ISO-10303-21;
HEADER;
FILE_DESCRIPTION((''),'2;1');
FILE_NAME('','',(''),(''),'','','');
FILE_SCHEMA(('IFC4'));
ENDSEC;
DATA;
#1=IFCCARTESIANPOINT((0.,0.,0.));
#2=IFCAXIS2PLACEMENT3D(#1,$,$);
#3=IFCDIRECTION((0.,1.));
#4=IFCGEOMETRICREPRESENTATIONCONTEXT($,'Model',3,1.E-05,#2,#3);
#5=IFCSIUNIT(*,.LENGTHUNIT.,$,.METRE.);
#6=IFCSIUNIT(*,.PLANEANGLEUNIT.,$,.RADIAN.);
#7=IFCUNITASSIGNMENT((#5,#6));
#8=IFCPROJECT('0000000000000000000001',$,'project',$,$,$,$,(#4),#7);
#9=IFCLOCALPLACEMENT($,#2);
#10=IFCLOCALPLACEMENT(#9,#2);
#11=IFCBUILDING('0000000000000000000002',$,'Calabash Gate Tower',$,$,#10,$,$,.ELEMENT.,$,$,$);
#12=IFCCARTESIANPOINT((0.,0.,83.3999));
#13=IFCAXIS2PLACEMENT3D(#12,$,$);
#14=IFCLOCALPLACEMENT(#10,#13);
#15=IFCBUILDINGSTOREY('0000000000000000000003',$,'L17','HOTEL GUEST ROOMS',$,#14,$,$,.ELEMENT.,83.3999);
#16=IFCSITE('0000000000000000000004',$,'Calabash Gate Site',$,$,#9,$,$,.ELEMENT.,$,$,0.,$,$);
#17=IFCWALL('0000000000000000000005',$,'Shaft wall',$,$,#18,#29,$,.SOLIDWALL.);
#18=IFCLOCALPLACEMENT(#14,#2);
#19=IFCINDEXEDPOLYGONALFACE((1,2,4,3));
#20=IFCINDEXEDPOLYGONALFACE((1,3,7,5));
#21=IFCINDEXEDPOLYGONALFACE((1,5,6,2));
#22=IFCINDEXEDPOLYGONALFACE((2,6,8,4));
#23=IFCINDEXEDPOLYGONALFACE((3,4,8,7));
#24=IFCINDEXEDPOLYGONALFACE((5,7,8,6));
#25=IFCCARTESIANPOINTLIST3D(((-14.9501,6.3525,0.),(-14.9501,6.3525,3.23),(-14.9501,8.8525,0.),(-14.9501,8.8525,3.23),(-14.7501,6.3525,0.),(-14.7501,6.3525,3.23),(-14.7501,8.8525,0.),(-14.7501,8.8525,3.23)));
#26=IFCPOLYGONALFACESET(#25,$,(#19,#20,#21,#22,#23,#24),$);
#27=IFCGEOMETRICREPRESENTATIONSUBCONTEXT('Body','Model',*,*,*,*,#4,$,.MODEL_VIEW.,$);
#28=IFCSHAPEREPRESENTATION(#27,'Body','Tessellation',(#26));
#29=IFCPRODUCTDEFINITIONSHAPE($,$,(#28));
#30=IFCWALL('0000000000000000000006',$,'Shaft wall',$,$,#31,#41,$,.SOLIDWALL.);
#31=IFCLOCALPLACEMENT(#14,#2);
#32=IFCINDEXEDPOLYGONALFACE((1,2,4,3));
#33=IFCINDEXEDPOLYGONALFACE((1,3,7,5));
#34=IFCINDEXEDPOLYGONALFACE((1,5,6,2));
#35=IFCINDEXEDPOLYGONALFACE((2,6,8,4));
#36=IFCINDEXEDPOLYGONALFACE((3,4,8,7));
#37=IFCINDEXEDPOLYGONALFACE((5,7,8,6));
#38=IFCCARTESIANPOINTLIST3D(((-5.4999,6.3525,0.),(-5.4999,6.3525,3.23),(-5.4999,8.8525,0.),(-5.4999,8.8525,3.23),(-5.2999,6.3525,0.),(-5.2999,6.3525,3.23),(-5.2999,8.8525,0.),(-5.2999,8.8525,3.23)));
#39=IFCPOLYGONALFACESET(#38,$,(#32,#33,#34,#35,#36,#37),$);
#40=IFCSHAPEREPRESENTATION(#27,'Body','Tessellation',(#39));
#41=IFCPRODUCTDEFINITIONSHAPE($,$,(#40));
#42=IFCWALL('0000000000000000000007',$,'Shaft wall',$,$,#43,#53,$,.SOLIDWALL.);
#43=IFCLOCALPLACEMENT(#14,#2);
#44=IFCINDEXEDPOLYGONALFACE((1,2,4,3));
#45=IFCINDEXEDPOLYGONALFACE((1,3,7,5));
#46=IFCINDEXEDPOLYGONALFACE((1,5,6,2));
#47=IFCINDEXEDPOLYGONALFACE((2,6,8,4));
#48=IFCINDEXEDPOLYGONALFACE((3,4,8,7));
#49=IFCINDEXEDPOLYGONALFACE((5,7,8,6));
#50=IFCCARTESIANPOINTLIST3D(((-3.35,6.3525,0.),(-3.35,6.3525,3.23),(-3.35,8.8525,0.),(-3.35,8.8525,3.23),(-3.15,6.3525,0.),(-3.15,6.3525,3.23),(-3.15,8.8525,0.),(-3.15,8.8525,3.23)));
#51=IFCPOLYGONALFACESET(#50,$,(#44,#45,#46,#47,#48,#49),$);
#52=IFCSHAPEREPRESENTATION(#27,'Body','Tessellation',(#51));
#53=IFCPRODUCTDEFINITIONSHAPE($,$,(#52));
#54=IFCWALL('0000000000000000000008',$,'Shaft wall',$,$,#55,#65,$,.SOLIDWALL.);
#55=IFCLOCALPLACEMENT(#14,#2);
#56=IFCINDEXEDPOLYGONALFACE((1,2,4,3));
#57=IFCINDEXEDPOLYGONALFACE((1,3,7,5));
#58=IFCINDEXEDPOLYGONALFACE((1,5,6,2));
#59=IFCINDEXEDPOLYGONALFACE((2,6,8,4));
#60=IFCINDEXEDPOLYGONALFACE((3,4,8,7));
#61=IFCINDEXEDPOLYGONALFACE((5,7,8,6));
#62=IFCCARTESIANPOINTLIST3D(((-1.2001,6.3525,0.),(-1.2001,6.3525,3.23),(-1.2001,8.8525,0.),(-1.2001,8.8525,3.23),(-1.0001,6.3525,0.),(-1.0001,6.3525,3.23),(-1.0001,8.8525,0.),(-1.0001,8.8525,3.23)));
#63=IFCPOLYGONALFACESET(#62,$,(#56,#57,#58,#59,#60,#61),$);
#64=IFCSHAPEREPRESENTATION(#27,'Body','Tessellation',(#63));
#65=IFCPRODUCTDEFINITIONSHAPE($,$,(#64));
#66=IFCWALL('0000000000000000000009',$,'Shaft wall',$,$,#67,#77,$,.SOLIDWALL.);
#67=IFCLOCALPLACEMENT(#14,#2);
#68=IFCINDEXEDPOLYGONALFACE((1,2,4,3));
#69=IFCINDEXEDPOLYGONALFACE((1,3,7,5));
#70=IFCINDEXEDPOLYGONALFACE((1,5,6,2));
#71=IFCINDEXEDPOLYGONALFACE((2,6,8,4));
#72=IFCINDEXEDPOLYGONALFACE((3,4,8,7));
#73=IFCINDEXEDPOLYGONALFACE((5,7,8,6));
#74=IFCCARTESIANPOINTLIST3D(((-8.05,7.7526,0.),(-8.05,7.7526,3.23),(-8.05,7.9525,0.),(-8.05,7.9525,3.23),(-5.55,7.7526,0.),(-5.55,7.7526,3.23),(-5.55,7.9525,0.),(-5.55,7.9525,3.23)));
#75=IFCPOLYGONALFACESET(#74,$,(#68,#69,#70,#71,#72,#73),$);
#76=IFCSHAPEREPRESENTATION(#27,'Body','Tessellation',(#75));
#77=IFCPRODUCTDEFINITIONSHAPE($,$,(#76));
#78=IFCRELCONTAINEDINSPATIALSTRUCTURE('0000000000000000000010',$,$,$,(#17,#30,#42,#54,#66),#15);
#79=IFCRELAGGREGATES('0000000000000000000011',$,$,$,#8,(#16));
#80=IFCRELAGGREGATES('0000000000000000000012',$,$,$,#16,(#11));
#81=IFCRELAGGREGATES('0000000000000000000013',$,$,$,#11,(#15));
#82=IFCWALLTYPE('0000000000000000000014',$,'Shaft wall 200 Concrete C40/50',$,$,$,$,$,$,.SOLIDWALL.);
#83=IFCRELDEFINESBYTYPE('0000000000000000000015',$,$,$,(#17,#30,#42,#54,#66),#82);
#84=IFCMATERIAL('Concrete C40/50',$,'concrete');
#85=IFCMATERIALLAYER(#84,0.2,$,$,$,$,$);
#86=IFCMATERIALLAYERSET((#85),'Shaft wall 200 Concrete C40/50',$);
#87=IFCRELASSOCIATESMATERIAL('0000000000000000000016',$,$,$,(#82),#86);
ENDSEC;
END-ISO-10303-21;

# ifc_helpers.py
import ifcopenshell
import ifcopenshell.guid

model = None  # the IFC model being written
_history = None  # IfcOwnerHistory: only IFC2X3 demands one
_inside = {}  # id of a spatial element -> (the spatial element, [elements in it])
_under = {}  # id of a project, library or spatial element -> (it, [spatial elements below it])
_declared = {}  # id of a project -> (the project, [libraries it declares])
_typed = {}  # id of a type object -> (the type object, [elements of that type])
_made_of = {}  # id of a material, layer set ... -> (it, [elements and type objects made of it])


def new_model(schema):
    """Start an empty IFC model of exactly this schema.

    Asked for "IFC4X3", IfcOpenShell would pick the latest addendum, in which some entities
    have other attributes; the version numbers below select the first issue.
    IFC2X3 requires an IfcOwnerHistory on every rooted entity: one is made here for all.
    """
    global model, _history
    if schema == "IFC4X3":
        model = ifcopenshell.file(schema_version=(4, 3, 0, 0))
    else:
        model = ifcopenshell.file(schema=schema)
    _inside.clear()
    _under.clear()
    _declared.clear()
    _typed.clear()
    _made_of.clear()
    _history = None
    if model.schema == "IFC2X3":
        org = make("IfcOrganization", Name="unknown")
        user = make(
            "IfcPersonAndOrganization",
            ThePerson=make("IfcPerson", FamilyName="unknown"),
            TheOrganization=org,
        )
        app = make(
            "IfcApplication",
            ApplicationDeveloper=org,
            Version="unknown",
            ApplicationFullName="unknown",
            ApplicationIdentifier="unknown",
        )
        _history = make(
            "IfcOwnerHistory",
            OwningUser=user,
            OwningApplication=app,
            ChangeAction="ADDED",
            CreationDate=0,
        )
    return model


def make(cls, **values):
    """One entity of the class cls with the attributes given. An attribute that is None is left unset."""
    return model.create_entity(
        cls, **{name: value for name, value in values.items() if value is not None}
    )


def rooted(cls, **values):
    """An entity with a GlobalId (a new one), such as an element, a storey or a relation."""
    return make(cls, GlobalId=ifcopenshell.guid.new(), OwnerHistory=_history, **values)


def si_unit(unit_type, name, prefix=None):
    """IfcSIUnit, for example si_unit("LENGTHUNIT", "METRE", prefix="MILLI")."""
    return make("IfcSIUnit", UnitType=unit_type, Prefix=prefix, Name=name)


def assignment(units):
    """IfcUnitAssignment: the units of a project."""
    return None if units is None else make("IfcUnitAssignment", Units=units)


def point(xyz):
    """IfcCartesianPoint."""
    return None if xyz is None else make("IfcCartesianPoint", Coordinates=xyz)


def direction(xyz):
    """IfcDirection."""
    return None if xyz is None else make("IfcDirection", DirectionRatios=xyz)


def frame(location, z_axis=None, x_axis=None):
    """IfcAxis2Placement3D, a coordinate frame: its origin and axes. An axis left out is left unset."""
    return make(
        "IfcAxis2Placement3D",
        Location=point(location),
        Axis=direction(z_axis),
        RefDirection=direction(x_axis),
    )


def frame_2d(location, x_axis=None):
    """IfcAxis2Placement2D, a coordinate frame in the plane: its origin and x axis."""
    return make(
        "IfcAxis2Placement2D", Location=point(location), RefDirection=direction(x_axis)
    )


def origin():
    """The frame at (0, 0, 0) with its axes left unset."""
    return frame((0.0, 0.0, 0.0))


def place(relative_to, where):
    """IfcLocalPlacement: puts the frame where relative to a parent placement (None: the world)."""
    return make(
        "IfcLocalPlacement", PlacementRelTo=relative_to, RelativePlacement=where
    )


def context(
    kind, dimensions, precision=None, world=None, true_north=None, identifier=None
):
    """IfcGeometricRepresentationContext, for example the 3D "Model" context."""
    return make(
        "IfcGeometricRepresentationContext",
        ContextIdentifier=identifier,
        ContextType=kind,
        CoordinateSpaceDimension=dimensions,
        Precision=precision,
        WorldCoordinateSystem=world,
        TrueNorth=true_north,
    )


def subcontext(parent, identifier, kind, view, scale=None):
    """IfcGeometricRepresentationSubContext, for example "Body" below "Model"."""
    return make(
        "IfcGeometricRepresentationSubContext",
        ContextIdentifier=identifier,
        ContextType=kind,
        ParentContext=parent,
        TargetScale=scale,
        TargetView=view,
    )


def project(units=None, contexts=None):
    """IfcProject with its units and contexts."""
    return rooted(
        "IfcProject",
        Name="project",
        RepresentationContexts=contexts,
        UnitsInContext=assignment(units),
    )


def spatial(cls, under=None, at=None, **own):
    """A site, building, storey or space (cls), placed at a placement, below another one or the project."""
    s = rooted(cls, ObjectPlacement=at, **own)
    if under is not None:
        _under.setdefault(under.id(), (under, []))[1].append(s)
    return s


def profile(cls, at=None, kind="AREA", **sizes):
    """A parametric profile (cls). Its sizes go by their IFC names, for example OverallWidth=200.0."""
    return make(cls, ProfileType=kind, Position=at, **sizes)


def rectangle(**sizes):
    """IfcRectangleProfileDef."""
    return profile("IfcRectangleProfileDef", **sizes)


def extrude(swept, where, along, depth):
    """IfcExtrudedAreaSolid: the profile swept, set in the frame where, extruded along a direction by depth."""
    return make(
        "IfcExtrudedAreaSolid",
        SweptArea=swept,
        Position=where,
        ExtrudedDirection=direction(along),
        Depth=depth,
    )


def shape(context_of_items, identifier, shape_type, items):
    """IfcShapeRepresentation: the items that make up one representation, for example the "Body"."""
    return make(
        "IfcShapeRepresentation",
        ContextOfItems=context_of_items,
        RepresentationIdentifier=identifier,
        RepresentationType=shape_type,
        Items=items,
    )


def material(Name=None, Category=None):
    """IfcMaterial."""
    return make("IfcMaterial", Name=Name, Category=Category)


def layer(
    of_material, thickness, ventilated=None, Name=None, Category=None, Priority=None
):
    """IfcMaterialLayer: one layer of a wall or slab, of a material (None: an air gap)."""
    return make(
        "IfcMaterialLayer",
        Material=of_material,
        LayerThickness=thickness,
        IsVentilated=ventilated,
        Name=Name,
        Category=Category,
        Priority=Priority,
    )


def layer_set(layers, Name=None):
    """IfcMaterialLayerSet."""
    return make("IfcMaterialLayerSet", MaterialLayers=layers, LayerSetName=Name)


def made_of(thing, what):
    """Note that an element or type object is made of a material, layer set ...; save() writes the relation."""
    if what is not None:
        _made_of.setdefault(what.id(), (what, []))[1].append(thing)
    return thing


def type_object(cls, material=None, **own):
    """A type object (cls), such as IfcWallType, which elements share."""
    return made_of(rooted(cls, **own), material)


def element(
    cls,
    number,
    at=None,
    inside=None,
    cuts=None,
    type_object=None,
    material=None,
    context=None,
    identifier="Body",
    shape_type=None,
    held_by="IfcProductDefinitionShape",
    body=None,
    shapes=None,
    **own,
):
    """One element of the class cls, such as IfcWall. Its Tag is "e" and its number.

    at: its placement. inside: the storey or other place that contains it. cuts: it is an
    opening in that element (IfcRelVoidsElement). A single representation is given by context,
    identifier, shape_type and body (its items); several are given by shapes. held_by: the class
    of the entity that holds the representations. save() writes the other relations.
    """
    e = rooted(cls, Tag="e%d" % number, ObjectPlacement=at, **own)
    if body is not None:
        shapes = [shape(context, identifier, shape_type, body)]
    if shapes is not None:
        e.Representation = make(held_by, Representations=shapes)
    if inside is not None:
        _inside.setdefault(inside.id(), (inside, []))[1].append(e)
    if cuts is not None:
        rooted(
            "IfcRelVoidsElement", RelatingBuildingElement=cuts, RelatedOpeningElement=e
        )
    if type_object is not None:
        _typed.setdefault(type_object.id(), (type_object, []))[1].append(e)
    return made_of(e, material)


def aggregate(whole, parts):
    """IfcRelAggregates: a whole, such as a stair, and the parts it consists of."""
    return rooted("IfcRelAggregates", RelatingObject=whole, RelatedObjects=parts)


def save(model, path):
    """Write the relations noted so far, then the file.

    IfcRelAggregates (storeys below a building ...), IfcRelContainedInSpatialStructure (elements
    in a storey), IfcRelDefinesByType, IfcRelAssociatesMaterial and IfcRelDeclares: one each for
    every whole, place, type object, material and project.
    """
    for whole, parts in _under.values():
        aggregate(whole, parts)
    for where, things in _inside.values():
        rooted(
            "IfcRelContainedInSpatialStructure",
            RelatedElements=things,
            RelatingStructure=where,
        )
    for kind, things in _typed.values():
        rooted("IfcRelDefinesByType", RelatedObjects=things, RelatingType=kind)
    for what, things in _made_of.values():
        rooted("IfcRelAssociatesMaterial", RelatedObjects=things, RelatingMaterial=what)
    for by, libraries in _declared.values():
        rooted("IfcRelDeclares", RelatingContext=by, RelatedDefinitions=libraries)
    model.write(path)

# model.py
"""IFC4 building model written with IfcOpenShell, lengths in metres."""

from ifc_helpers import new_model, si_unit, direction, frame, frame_2d, origin, place, context, subcontext, project, spatial, rectangle, extrude, material, layer, layer_set, type_object, element, save


model = new_model("IFC4")

# Units and contexts
model_context = context("Model", 3, precision=1e-05, world=origin(), true_north=direction((0.0, 1.0)))
body_context = subcontext(model_context, "Body", "Model", "MODEL_VIEW")
ifc_project = project(units=[si_unit("LENGTHUNIT", "METRE"), si_unit("PLANEANGLEUNIT", "RADIAN")], contexts=[model_context])

# Site, building, storey
site_placement = place(None, origin())
site = spatial("IfcSite", under=ifc_project, at=site_placement, Name="Calabash Gate Site", CompositionType="ELEMENT", RefElevation=0.0)
building_placement = place(site_placement, origin())
building = spatial("IfcBuilding", under=site, at=building_placement, Name="Calabash Gate Tower", CompositionType="ELEMENT")
storey_placement = place(building_placement, frame((0.0, 0.0, 83.3999)))
storey = spatial("IfcBuildingStorey", under=building, at=storey_placement, Name="L17", Description="HOTEL GUEST ROOMS", CompositionType="ELEMENT", Elevation=83.3999)

# Walls
ifc_material_1 = material(Name="Concrete C40/50", Category="concrete")
ifc_layer_1 = layer(ifc_material_1, 0.2)
ifc_layer_set_1 = layer_set([ifc_layer_1], Name="Shaft wall 200 Concrete C40/50")
wall_type_1 = type_object("IfcWallType", Name="Shaft wall 200 Concrete C40/50", PredefinedType="SOLIDWALL", material=ifc_layer_set_1)
for number, where, z_axis, x_axis, name in (
    (1, (-14.8501, 6.3525, 0.0), (0.0, 0.0, 1.0), (0.0, 1.0, 0.0), "Shaft wall"),
    (2, (-5.3999, 6.3525, 0.0), (0.0, 0.0, 1.0), (0.0, 1.0, 0.0), "Shaft wall"),
    (3, (-3.25, 6.3525, 0.0), (0.0, 0.0, 1.0), (0.0, 1.0, 0.0), "Shaft wall"),
    (4, (-1.1001, 6.3525, 0.0), (0.0, 0.0, 1.0), (0.0, 1.0, 0.0), "Shaft wall"),
    (5, (-8.05, 7.8525, 0.0), (0.0, 0.0, 1.0), (1.0, 0.0, 0.0), "Shaft wall"),
):
    element("IfcWall", number, at=place(storey_placement, frame(where, z_axis=z_axis, x_axis=x_axis)), inside=storey, type_object=wall_type_1, Name=name, PredefinedType="SOLIDWALL", context=body_context, shape_type="SweptSolid", body=[
        extrude(rectangle(XDim=2.5, YDim=0.2, at=frame_2d((1.25, 0.0))), origin(), (0.0, 0.0, 1.0), 3.23),
    ])

save(model, "model.ifc")
